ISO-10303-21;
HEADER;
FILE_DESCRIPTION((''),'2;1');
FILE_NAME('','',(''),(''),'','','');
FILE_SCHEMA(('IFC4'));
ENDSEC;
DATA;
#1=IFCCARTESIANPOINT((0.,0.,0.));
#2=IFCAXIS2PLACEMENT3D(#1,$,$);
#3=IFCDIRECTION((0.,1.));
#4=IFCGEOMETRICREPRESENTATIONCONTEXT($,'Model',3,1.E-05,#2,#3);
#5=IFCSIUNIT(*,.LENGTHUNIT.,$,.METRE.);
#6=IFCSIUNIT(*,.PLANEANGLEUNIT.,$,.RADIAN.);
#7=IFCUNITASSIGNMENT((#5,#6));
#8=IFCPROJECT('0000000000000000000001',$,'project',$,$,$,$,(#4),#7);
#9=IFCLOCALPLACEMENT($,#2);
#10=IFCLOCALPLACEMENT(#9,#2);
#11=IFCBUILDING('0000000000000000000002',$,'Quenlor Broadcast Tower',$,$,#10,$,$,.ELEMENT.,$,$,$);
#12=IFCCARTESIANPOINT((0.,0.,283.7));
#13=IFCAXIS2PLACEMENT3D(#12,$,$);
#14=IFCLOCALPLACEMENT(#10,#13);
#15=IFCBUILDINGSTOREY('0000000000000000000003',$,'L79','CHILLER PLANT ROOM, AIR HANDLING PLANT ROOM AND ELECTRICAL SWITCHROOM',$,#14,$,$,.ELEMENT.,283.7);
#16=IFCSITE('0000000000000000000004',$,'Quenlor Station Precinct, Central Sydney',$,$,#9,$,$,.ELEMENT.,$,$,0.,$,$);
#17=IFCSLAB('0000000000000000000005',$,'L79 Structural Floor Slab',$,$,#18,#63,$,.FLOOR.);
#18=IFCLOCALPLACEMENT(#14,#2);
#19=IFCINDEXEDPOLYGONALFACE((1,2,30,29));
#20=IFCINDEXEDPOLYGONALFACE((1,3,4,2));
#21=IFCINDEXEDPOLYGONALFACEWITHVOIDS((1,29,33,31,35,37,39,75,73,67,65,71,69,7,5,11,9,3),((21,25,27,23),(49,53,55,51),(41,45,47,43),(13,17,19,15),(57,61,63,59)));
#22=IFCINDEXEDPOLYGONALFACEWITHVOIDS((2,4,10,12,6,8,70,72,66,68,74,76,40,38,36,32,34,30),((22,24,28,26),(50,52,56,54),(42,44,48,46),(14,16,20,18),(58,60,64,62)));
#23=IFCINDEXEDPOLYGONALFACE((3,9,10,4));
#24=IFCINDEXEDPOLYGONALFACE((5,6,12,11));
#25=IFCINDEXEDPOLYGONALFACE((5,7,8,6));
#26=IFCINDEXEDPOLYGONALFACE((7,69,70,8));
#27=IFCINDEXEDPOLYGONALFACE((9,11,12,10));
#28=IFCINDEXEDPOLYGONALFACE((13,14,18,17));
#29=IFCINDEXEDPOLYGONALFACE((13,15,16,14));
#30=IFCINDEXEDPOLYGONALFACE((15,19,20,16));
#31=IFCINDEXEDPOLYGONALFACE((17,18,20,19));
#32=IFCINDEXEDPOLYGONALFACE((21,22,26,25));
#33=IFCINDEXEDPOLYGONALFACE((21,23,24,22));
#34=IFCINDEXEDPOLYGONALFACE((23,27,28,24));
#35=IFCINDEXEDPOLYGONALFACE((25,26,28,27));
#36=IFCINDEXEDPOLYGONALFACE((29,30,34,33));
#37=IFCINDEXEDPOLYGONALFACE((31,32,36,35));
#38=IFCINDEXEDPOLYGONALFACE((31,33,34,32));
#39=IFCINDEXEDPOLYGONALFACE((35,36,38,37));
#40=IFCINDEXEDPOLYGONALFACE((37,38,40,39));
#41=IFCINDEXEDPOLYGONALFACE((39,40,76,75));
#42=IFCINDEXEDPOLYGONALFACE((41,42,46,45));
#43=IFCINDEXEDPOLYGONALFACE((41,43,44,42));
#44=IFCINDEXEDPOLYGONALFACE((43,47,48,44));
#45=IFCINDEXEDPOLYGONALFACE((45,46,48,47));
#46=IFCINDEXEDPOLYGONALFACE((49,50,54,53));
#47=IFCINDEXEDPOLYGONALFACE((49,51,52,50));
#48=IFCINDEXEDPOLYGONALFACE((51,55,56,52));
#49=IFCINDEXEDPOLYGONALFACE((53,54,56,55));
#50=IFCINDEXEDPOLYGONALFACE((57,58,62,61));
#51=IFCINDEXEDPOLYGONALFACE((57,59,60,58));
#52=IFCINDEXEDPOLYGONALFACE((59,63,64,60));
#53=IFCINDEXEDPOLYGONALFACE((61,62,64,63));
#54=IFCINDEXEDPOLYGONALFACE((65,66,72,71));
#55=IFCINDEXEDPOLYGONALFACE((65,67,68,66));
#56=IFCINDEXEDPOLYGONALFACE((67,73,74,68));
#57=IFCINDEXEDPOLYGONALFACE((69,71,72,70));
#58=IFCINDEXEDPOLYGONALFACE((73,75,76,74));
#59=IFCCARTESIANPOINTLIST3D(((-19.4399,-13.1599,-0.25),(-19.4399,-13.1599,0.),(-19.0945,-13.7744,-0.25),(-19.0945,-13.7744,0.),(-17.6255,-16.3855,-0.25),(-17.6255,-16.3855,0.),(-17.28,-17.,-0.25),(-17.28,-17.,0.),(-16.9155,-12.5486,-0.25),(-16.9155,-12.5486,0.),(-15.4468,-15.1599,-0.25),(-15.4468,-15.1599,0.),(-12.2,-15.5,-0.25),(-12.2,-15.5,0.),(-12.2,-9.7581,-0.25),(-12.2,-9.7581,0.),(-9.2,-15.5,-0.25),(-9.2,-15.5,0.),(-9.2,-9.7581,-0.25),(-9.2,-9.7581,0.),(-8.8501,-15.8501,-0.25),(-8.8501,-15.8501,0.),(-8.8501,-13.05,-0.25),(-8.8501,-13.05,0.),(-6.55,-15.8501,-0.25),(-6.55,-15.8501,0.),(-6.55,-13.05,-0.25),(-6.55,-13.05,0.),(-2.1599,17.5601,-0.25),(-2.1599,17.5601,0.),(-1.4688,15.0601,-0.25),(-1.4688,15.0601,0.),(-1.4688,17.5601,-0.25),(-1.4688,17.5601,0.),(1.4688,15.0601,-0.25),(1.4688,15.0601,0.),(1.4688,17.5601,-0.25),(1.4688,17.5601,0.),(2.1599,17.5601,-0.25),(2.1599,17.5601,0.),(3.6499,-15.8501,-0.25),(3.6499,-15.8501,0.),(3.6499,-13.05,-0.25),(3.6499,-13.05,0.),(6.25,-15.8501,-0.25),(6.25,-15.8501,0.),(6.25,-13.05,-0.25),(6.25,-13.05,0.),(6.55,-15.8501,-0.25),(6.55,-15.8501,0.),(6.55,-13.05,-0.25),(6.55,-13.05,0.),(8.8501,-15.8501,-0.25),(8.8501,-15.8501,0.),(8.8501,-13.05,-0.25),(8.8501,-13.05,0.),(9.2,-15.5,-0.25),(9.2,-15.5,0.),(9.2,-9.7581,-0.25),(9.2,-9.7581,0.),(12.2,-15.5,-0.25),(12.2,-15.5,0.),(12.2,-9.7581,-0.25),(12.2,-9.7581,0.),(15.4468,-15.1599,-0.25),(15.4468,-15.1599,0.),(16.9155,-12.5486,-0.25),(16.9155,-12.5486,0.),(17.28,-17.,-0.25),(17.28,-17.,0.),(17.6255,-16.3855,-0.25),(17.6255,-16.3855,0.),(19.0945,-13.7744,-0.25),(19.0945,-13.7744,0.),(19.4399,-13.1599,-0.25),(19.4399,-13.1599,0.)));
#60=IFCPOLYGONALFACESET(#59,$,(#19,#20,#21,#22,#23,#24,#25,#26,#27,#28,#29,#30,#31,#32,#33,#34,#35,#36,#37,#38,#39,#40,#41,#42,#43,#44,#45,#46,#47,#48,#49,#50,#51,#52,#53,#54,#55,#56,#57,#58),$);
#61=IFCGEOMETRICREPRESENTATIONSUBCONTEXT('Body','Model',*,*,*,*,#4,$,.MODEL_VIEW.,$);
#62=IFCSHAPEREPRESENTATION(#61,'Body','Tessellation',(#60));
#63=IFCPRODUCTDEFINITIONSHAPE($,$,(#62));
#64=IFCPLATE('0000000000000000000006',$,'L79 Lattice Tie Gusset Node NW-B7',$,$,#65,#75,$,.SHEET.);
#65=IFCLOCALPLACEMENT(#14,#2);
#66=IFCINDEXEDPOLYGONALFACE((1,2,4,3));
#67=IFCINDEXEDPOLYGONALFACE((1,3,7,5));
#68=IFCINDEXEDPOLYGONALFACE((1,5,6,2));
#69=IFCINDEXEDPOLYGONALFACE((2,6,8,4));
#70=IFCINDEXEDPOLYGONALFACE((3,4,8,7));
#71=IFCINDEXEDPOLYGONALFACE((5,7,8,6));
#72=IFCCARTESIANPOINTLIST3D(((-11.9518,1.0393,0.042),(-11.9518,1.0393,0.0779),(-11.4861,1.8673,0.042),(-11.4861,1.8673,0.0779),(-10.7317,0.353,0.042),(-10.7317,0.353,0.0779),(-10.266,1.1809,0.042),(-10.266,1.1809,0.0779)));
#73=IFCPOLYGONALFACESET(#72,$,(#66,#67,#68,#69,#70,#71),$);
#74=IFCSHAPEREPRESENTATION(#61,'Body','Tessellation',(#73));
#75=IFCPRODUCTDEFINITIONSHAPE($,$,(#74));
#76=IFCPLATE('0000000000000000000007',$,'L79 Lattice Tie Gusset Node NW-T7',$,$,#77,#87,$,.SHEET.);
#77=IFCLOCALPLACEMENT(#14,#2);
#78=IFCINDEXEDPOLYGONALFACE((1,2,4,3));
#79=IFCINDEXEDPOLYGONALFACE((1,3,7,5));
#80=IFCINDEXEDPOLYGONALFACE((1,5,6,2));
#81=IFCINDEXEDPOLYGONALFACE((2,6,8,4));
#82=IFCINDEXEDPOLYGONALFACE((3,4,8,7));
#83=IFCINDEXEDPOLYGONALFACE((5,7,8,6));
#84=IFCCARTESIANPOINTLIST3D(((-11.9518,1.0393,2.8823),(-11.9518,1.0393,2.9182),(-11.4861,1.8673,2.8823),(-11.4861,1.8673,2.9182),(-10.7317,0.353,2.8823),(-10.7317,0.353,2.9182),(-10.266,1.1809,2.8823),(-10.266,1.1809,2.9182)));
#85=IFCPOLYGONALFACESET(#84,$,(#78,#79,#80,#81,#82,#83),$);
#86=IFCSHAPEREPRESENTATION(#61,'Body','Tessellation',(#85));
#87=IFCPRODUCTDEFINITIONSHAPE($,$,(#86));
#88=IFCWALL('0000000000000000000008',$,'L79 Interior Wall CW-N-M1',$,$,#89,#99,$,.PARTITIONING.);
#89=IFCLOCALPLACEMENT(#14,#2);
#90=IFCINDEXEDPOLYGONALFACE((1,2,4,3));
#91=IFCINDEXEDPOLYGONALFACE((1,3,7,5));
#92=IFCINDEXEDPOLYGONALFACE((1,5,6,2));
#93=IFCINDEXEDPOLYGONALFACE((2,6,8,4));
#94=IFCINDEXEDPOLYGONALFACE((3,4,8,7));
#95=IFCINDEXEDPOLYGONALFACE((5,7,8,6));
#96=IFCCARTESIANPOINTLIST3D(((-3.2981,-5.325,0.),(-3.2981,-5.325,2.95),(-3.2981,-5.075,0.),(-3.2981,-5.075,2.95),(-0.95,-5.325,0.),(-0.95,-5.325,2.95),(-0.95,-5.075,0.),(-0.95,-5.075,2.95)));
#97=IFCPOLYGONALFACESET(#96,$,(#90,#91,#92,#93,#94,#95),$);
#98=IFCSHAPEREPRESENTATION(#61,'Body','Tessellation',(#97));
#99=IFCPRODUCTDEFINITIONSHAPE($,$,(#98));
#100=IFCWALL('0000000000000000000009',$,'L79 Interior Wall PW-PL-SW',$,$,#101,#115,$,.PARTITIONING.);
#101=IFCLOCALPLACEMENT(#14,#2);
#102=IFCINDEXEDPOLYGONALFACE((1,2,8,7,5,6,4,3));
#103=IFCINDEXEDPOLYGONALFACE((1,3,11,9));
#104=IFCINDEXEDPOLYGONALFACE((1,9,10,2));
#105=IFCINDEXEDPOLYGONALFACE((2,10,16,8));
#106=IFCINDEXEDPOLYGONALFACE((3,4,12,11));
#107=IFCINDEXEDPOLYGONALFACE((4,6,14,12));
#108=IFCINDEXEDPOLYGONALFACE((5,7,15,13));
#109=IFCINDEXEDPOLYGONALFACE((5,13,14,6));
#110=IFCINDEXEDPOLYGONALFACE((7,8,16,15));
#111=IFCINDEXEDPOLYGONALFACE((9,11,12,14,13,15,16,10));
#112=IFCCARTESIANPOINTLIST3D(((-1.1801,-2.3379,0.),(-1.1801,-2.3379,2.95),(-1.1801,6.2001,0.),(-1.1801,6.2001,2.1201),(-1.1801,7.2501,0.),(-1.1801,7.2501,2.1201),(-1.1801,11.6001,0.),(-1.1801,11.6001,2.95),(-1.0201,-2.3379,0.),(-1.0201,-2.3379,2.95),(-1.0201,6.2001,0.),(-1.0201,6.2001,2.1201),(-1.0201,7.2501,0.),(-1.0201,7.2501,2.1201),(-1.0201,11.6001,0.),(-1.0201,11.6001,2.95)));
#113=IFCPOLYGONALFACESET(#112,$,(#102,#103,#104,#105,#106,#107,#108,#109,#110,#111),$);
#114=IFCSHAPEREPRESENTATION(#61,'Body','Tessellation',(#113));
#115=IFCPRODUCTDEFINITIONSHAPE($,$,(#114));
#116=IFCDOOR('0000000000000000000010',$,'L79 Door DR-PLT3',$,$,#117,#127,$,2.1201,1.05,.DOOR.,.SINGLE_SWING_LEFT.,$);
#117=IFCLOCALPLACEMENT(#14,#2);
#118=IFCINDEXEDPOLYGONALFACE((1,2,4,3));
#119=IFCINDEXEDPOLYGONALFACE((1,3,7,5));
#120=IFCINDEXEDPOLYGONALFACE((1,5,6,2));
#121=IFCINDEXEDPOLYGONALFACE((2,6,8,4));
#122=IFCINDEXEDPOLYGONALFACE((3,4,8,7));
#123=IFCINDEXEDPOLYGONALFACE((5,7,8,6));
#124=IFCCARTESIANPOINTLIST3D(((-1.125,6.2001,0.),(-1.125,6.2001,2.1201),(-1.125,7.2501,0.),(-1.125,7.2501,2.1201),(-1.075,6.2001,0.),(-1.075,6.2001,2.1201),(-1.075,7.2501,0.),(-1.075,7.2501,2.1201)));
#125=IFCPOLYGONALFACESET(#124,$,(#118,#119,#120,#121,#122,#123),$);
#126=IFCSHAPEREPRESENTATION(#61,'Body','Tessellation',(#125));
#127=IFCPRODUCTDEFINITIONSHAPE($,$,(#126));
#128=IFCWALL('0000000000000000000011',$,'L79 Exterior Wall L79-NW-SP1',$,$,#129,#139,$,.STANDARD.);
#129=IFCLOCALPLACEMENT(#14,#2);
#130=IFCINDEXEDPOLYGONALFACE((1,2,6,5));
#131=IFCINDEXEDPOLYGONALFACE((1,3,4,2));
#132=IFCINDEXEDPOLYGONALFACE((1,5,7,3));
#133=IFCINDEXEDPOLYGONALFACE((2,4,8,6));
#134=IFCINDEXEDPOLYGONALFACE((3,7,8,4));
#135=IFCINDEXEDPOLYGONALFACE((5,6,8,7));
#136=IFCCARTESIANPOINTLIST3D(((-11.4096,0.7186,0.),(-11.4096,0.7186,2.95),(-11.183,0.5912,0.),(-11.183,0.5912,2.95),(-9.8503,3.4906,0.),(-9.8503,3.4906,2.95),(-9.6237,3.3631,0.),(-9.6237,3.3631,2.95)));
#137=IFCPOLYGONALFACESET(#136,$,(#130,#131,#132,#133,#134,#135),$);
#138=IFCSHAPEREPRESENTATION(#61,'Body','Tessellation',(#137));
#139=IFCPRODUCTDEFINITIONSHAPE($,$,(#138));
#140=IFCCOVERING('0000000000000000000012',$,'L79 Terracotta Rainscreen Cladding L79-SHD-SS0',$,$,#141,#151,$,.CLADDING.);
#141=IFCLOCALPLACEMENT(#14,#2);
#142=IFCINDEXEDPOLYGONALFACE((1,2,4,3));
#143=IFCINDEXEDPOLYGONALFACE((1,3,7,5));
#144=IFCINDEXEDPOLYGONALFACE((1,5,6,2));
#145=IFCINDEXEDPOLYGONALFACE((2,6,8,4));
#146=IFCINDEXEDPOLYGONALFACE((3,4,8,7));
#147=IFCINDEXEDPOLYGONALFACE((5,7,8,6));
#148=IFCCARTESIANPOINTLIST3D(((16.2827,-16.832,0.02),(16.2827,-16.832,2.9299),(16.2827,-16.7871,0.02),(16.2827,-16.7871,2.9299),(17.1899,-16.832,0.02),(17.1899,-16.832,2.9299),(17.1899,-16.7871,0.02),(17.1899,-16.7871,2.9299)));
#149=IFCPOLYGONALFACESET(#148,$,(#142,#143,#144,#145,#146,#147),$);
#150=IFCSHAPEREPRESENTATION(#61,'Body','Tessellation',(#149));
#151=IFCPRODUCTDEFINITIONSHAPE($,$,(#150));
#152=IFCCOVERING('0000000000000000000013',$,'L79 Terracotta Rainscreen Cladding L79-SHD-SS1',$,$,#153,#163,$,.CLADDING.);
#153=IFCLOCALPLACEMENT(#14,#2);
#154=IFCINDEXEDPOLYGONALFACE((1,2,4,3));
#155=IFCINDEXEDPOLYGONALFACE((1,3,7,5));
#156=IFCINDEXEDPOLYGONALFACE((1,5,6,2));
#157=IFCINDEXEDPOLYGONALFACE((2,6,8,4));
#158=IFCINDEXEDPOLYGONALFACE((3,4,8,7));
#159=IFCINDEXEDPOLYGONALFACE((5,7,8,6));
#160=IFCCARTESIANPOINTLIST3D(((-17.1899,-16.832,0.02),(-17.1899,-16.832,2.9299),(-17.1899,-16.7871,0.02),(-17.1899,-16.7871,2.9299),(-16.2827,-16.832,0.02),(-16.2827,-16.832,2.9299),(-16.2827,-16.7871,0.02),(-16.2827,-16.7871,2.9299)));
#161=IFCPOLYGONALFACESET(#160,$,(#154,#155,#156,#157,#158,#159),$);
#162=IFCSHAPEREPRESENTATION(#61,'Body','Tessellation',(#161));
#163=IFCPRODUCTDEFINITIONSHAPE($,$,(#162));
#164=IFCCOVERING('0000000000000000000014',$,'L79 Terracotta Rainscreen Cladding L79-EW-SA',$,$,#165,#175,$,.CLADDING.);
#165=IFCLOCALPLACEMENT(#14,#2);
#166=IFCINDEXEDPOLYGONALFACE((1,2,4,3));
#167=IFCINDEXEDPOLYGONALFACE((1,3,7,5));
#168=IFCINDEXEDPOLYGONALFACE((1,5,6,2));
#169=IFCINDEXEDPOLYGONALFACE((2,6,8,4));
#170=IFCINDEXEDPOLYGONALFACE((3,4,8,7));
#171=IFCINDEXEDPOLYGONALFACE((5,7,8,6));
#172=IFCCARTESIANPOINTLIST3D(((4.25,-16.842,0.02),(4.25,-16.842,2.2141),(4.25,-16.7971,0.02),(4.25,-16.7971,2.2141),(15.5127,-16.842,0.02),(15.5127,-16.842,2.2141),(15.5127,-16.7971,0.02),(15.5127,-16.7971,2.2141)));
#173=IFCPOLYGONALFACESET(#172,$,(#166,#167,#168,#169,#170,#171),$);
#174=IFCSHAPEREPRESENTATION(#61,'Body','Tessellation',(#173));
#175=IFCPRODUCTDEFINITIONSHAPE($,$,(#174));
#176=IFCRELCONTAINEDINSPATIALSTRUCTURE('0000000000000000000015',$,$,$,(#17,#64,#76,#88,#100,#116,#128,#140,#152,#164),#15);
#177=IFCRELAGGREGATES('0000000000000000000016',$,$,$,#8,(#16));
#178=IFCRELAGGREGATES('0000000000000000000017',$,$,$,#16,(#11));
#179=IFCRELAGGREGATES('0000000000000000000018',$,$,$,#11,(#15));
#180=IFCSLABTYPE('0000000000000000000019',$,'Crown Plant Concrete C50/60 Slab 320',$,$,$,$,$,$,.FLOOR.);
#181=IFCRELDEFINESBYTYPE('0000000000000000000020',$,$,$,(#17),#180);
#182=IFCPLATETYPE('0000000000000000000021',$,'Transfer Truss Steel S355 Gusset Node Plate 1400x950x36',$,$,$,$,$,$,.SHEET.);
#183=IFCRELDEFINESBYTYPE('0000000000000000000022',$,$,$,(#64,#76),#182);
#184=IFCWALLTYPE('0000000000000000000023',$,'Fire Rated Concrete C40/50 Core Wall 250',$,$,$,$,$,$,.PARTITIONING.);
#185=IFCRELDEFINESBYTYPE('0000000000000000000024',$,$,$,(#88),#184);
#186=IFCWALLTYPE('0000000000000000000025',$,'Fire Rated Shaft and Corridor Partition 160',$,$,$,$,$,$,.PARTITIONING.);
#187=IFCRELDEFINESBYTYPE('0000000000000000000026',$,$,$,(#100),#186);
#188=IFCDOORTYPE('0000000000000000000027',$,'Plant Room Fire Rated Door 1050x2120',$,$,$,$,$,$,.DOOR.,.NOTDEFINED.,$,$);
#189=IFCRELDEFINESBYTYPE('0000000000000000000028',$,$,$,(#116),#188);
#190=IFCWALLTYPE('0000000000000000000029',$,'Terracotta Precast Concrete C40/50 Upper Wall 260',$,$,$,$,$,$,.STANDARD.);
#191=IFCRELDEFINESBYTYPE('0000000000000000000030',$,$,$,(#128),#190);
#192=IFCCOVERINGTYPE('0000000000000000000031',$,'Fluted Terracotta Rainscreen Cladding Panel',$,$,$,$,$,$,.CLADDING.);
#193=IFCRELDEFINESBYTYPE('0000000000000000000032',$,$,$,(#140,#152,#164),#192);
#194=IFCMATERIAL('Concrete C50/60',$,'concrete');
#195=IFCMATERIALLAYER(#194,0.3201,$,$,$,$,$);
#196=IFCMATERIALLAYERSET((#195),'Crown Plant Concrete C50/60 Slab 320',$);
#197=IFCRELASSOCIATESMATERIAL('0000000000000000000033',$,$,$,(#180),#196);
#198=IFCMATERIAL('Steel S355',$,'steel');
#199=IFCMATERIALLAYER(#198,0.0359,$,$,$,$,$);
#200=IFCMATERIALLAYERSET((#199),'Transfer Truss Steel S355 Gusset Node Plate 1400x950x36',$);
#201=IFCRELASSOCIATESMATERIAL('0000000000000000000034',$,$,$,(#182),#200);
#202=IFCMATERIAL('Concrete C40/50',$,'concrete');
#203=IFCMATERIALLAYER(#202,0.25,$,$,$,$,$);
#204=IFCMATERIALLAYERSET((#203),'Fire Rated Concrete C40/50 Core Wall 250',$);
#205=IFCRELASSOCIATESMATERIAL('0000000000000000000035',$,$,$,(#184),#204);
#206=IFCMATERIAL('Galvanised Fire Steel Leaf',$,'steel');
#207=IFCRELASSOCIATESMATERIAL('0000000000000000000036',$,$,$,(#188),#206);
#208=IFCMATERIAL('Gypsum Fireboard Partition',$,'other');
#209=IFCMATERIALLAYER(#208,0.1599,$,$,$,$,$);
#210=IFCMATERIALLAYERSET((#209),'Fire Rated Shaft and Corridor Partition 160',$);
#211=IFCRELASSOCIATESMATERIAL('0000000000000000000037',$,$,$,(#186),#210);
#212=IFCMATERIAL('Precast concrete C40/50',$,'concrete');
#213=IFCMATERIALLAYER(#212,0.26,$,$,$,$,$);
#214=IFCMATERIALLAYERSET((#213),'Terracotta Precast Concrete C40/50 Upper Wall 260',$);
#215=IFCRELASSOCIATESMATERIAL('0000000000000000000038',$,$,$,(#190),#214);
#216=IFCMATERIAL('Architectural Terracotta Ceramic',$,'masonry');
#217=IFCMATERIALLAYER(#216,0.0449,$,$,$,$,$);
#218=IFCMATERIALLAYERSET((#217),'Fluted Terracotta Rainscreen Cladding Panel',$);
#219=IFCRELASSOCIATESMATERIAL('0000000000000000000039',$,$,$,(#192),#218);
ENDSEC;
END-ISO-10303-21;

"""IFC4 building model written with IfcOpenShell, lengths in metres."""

from ifc_helpers import new_model, si_unit, direction, frame, frame_2d, origin, origin_2d, place, context, subcontext, project, spatial, polyline, rectangle, outline, extrude, material, layer, layer_set, type_object, element, fill, save


model = new_model("IFC4")

# Units and contexts
model_context = context("Model", 3, precision=1e-05, world=origin(), true_north=direction((0.0, 1.0)))
body_context = subcontext(model_context, "Body", "Model", "MODEL_VIEW")
ifc_project = project(units=[si_unit("LENGTHUNIT", "METRE"), si_unit("PLANEANGLEUNIT", "RADIAN")], contexts=[model_context])

# Site, building, storey
site_placement = place(None, origin())
site = spatial("IfcSite", under=ifc_project, at=site_placement, Name="Quenlor Station Precinct, Central Sydney", CompositionType="ELEMENT", RefElevation=0.0)
building_placement = place(site_placement, origin())
building = spatial("IfcBuilding", under=site, at=building_placement, Name="Quenlor Broadcast Tower", CompositionType="ELEMENT")
storey_placement = place(building_placement, frame((0.0, 0.0, 283.7)))
storey = spatial("IfcBuildingStorey", under=building, at=storey_placement, Name="L79", Description="CHILLER PLANT ROOM, AIR HANDLING PLANT ROOM AND ELECTRICAL SWITCHROOM", CompositionType="ELEMENT", Elevation=283.7)

# Slab
ifc_material_1 = material(Name="Concrete C50/60", Category="concrete")
ifc_layer_1 = layer(ifc_material_1, 0.3201)
ifc_layer_set_1 = layer_set([ifc_layer_1], Name="Crown Plant Concrete C50/60 Slab 320")
slab_type = type_object("IfcSlabType", Name="Crown Plant Concrete C50/60 Slab 320", PredefinedType="FLOOR", material=ifc_layer_set_1)
slab_placement = place(storey_placement, frame((0.0, 0.0, -0.25)))
element("IfcSlab", 1, at=slab_placement, inside=storey, type_object=slab_type, Name="L79 Structural Floor Slab", PredefinedType="FLOOR", context=body_context, shape_type="SweptSolid", body=[
    extrude(outline(polyline([(17.28, -17.0), (17.6255, -16.3855), (15.4468, -15.1599), (16.9155, -12.5486), (19.0945, -13.7744), (19.4399, -13.1599), (2.1599, 17.5601), (1.4688, 17.5601), (1.4688, 15.0601), (-1.4688, 15.0601), (-1.4688, 17.5601), (-2.1599, 17.5601), (-19.4399, -13.1599), (-19.0945, -13.7744), (-16.9155, -12.5486), (-15.4468, -15.1599), (-17.6255, -16.3855), (-17.28, -17.0), (17.28, -17.0)]), holes=[polyline([(-12.2, -9.7581), (-12.2, -15.5), (-9.2, -15.5), (-9.2, -9.7581), (-12.2, -9.7581)]), polyline([(9.2, -9.7581), (9.2, -15.5), (12.2, -15.5), (12.2, -9.7581), (9.2, -9.7581)]), polyline([(-8.8501, -15.8501), (-6.55, -15.8501), (-6.55, -13.05), (-8.8501, -13.05), (-8.8501, -15.8501)]), polyline([(6.55, -15.8501), (8.8501, -15.8501), (8.8501, -13.05), (6.55, -13.05), (6.55, -15.8501)]), polyline([(3.6499, -15.8501), (6.25, -15.8501), (6.25, -13.05), (3.6499, -13.05), (3.6499, -15.8501)])]), origin(), (0.0, 0.0, 1.0), 0.25),
])

# Plates
ifc_material_2 = material(Name="Steel S355", Category="steel")
ifc_layer_2 = layer(ifc_material_2, 0.0359)
ifc_layer_set_2 = layer_set([ifc_layer_2], Name="Transfer Truss Steel S355 Gusset Node Plate 1400x950x36")
plate_type_1 = type_object("IfcPlateType", Name="Transfer Truss Steel S355 Gusset Node Plate 1400x950x36", PredefinedType="SHEET", material=ifc_layer_set_2)
for number, where, z_axis, x_axis, name in (
    (2, (-11.1089, 1.1101, 0.042), (0.0, 0.0, 1.0), (-0.871556, 0.490295, 0.0), "L79 Lattice Tie Gusset Node NW-B7"),
    (3, (-11.1089, 1.1101, 2.8823), (0.0, 0.0, 1.0), (-0.871556, 0.490295, 0.0), "L79 Lattice Tie Gusset Node NW-T7"),
):
    element("IfcPlate", number, at=place(storey_placement, frame(where, z_axis=z_axis, x_axis=x_axis)), inside=storey, type_object=plate_type_1, Name=name, PredefinedType="SHEET", context=body_context, shape_type="SweptSolid", body=[
        extrude(rectangle(XDim=1.3999, YDim=0.95, at=origin_2d()), origin(), (0.0, 0.0, 1.0), 0.0359),
    ])

# Shared definitions
ifc_material_3 = material(Name="Concrete C40/50", Category="concrete")
ifc_layer_3 = layer(ifc_material_3, 0.25)
ifc_layer_set_3 = layer_set([ifc_layer_3], Name="Fire Rated Concrete C40/50 Core Wall 250")
wall_type_1 = type_object("IfcWallType", Name="Fire Rated Concrete C40/50 Core Wall 250", PredefinedType="PARTITIONING", material=ifc_layer_set_3)
ifc_material_4 = material(Name="Galvanised Fire Steel Leaf", Category="steel")
door_type = type_object("IfcDoorType", Name="Plant Room Fire Rated Door 1050x2120", OperationType="NOTDEFINED", PredefinedType="DOOR", material=ifc_material_4)

# Wall
wall_1_placement = place(storey_placement, frame((-3.2981, -5.2, 0.0), z_axis=(0.0, 0.0, 1.0), x_axis=(1.0, 0.0, 0.0)))
element("IfcWall", 4, at=wall_1_placement, inside=storey, type_object=wall_type_1, Name="L79 Interior Wall CW-N-M1", PredefinedType="PARTITIONING", context=body_context, shape_type="SweptSolid", body=[
    extrude(rectangle(XDim=2.3481, YDim=0.25, at=frame_2d((1.1741, 0.0))), origin(), (0.0, 0.0, 1.0), 2.95),
])

# Wall, opening, door
ifc_material_5 = material(Name="Gypsum Fireboard Partition", Category="other")
ifc_layer_4 = layer(ifc_material_5, 0.1599)
ifc_layer_set_4 = layer_set([ifc_layer_4], Name="Fire Rated Shaft and Corridor Partition 160")
wall_type_2 = type_object("IfcWallType", Name="Fire Rated Shaft and Corridor Partition 160", PredefinedType="PARTITIONING", material=ifc_layer_set_4)
wall_2_placement = place(storey_placement, frame((-1.1001, -2.3379, 0.0), z_axis=(0.0, 0.0, 1.0), x_axis=(0.0, 1.0, 0.0)))
wall_2 = element("IfcWall", 5, at=wall_2_placement, inside=storey, type_object=wall_type_2, Name="L79 Interior Wall PW-PL-SW", PredefinedType="PARTITIONING", context=body_context, shape_type="SweptSolid", body=[
    extrude(rectangle(XDim=13.938, YDim=0.1599, at=frame_2d((6.969, 0.0))), origin(), (0.0, 0.0, 1.0), 2.95),
])
opening_1_placement = place(wall_2_placement, frame((8.5381, 0.0, 0.0)))
opening_1 = element("IfcOpeningElement", 6, at=opening_1_placement, cuts=wall_2, PredefinedType="OPENING", context=body_context, shape_type="SweptSolid", body=[
    extrude(rectangle(XDim=1.05, YDim=2.1201, at=frame_2d((0.5249, 1.0601))), frame((0.0, 0.0898, 0.0), z_axis=(0.0, -1.0, 0.0), x_axis=(1.0, 0.0, 0.0)), (0.0, 0.0, 1.0), 0.1799),
])
door_1_placement = place(opening_1_placement, origin())
door_1 = element("IfcDoor", 7, at=door_1_placement, inside=storey, type_object=door_type, Name="L79 Door DR-PLT3", OperationType="SINGLE_SWING_LEFT", OverallHeight=2.1201, OverallWidth=1.05, PredefinedType="DOOR", context=body_context, shape_type="SweptSolid", body=[
    extrude(rectangle(XDim=1.05, YDim=2.1201, at=frame_2d((0.5249, 1.0601))), frame((0.0, 0.0249, 0.0), z_axis=(0.0, -1.0, 0.0), x_axis=(1.0, 0.0, 0.0)), (0.0, 0.0, 1.0), 0.05),
])
fill(opening_1, door_1)

# Wall
ifc_material_6 = material(Name="Precast concrete C40/50", Category="concrete")
ifc_layer_5 = layer(ifc_material_6, 0.26)
ifc_layer_set_5 = layer_set([ifc_layer_5], Name="Terracotta Precast Concrete C40/50 Upper Wall 260")
wall_type_3 = type_object("IfcWallType", Name="Terracotta Precast Concrete C40/50 Upper Wall 260", PredefinedType="STANDARD", material=ifc_layer_set_5)
wall_3_placement = place(storey_placement, frame((-11.2964, 0.6548, 0.0), z_axis=(0.0, 0.0, 1.0), x_axis=(0.490283, 0.871563, 0.0)))
element("IfcWall", 8, at=wall_3_placement, inside=storey, type_object=wall_type_3, Name="L79 Exterior Wall L79-NW-SP1", PredefinedType="STANDARD", context=body_context, shape_type="SweptSolid", body=[
    extrude(rectangle(XDim=3.1804, YDim=0.26, at=frame_2d((1.5903, 0.0))), origin(), (0.0, 0.0, 1.0), 2.95),
])

# Coverings
ifc_material_7 = material(Name="Architectural Terracotta Ceramic", Category="masonry")
ifc_layer_6 = layer(ifc_material_7, 0.0449)
ifc_layer_set_6 = layer_set([ifc_layer_6], Name="Fluted Terracotta Rainscreen Cladding Panel")
covering_type = type_object("IfcCoveringType", Name="Fluted Terracotta Rainscreen Cladding Panel", PredefinedType="CLADDING", material=ifc_layer_set_6)
covering_1_placement = place(storey_placement, frame((0.0, 0.0, 0.02)))
element("IfcCovering", 9, at=covering_1_placement, inside=storey, type_object=covering_type, Name="L79 Terracotta Rainscreen Cladding L79-SHD-SS0", PredefinedType="CLADDING", context=body_context, shape_type="SweptSolid", body=[
    extrude(outline(polyline([(17.1899, -16.7871), (16.2827, -16.7871), (16.2827, -16.832), (17.1899, -16.832), (17.1899, -16.7871)])), origin(), (0.0, 0.0, 1.0), 2.9099),
])
covering_2_placement = place(storey_placement, frame((0.0, 0.0, 0.02)))
element("IfcCovering", 10, at=covering_2_placement, inside=storey, type_object=covering_type, Name="L79 Terracotta Rainscreen Cladding L79-SHD-SS1", PredefinedType="CLADDING", context=body_context, shape_type="SweptSolid", body=[
    extrude(outline(polyline([(-16.2827, -16.7871), (-17.1899, -16.7871), (-17.1899, -16.832), (-16.2827, -16.832), (-16.2827, -16.7871)])), origin(), (0.0, 0.0, 1.0), 2.9099),
])
covering_3_placement = place(storey_placement, frame((0.0, 0.0, 0.02)))
element("IfcCovering", 11, at=covering_3_placement, inside=storey, type_object=covering_type, Name="L79 Terracotta Rainscreen Cladding L79-EW-SA", PredefinedType="CLADDING", context=body_context, shape_type="SweptSolid", body=[
    extrude(outline(polyline([(15.5127, -16.7971), (4.25, -16.7971), (4.25, -16.842), (15.5127, -16.842), (15.5127, -16.7971)])), origin(), (0.0, 0.0, 1.0), 2.1941),
])

save(model, "model.ifc")
